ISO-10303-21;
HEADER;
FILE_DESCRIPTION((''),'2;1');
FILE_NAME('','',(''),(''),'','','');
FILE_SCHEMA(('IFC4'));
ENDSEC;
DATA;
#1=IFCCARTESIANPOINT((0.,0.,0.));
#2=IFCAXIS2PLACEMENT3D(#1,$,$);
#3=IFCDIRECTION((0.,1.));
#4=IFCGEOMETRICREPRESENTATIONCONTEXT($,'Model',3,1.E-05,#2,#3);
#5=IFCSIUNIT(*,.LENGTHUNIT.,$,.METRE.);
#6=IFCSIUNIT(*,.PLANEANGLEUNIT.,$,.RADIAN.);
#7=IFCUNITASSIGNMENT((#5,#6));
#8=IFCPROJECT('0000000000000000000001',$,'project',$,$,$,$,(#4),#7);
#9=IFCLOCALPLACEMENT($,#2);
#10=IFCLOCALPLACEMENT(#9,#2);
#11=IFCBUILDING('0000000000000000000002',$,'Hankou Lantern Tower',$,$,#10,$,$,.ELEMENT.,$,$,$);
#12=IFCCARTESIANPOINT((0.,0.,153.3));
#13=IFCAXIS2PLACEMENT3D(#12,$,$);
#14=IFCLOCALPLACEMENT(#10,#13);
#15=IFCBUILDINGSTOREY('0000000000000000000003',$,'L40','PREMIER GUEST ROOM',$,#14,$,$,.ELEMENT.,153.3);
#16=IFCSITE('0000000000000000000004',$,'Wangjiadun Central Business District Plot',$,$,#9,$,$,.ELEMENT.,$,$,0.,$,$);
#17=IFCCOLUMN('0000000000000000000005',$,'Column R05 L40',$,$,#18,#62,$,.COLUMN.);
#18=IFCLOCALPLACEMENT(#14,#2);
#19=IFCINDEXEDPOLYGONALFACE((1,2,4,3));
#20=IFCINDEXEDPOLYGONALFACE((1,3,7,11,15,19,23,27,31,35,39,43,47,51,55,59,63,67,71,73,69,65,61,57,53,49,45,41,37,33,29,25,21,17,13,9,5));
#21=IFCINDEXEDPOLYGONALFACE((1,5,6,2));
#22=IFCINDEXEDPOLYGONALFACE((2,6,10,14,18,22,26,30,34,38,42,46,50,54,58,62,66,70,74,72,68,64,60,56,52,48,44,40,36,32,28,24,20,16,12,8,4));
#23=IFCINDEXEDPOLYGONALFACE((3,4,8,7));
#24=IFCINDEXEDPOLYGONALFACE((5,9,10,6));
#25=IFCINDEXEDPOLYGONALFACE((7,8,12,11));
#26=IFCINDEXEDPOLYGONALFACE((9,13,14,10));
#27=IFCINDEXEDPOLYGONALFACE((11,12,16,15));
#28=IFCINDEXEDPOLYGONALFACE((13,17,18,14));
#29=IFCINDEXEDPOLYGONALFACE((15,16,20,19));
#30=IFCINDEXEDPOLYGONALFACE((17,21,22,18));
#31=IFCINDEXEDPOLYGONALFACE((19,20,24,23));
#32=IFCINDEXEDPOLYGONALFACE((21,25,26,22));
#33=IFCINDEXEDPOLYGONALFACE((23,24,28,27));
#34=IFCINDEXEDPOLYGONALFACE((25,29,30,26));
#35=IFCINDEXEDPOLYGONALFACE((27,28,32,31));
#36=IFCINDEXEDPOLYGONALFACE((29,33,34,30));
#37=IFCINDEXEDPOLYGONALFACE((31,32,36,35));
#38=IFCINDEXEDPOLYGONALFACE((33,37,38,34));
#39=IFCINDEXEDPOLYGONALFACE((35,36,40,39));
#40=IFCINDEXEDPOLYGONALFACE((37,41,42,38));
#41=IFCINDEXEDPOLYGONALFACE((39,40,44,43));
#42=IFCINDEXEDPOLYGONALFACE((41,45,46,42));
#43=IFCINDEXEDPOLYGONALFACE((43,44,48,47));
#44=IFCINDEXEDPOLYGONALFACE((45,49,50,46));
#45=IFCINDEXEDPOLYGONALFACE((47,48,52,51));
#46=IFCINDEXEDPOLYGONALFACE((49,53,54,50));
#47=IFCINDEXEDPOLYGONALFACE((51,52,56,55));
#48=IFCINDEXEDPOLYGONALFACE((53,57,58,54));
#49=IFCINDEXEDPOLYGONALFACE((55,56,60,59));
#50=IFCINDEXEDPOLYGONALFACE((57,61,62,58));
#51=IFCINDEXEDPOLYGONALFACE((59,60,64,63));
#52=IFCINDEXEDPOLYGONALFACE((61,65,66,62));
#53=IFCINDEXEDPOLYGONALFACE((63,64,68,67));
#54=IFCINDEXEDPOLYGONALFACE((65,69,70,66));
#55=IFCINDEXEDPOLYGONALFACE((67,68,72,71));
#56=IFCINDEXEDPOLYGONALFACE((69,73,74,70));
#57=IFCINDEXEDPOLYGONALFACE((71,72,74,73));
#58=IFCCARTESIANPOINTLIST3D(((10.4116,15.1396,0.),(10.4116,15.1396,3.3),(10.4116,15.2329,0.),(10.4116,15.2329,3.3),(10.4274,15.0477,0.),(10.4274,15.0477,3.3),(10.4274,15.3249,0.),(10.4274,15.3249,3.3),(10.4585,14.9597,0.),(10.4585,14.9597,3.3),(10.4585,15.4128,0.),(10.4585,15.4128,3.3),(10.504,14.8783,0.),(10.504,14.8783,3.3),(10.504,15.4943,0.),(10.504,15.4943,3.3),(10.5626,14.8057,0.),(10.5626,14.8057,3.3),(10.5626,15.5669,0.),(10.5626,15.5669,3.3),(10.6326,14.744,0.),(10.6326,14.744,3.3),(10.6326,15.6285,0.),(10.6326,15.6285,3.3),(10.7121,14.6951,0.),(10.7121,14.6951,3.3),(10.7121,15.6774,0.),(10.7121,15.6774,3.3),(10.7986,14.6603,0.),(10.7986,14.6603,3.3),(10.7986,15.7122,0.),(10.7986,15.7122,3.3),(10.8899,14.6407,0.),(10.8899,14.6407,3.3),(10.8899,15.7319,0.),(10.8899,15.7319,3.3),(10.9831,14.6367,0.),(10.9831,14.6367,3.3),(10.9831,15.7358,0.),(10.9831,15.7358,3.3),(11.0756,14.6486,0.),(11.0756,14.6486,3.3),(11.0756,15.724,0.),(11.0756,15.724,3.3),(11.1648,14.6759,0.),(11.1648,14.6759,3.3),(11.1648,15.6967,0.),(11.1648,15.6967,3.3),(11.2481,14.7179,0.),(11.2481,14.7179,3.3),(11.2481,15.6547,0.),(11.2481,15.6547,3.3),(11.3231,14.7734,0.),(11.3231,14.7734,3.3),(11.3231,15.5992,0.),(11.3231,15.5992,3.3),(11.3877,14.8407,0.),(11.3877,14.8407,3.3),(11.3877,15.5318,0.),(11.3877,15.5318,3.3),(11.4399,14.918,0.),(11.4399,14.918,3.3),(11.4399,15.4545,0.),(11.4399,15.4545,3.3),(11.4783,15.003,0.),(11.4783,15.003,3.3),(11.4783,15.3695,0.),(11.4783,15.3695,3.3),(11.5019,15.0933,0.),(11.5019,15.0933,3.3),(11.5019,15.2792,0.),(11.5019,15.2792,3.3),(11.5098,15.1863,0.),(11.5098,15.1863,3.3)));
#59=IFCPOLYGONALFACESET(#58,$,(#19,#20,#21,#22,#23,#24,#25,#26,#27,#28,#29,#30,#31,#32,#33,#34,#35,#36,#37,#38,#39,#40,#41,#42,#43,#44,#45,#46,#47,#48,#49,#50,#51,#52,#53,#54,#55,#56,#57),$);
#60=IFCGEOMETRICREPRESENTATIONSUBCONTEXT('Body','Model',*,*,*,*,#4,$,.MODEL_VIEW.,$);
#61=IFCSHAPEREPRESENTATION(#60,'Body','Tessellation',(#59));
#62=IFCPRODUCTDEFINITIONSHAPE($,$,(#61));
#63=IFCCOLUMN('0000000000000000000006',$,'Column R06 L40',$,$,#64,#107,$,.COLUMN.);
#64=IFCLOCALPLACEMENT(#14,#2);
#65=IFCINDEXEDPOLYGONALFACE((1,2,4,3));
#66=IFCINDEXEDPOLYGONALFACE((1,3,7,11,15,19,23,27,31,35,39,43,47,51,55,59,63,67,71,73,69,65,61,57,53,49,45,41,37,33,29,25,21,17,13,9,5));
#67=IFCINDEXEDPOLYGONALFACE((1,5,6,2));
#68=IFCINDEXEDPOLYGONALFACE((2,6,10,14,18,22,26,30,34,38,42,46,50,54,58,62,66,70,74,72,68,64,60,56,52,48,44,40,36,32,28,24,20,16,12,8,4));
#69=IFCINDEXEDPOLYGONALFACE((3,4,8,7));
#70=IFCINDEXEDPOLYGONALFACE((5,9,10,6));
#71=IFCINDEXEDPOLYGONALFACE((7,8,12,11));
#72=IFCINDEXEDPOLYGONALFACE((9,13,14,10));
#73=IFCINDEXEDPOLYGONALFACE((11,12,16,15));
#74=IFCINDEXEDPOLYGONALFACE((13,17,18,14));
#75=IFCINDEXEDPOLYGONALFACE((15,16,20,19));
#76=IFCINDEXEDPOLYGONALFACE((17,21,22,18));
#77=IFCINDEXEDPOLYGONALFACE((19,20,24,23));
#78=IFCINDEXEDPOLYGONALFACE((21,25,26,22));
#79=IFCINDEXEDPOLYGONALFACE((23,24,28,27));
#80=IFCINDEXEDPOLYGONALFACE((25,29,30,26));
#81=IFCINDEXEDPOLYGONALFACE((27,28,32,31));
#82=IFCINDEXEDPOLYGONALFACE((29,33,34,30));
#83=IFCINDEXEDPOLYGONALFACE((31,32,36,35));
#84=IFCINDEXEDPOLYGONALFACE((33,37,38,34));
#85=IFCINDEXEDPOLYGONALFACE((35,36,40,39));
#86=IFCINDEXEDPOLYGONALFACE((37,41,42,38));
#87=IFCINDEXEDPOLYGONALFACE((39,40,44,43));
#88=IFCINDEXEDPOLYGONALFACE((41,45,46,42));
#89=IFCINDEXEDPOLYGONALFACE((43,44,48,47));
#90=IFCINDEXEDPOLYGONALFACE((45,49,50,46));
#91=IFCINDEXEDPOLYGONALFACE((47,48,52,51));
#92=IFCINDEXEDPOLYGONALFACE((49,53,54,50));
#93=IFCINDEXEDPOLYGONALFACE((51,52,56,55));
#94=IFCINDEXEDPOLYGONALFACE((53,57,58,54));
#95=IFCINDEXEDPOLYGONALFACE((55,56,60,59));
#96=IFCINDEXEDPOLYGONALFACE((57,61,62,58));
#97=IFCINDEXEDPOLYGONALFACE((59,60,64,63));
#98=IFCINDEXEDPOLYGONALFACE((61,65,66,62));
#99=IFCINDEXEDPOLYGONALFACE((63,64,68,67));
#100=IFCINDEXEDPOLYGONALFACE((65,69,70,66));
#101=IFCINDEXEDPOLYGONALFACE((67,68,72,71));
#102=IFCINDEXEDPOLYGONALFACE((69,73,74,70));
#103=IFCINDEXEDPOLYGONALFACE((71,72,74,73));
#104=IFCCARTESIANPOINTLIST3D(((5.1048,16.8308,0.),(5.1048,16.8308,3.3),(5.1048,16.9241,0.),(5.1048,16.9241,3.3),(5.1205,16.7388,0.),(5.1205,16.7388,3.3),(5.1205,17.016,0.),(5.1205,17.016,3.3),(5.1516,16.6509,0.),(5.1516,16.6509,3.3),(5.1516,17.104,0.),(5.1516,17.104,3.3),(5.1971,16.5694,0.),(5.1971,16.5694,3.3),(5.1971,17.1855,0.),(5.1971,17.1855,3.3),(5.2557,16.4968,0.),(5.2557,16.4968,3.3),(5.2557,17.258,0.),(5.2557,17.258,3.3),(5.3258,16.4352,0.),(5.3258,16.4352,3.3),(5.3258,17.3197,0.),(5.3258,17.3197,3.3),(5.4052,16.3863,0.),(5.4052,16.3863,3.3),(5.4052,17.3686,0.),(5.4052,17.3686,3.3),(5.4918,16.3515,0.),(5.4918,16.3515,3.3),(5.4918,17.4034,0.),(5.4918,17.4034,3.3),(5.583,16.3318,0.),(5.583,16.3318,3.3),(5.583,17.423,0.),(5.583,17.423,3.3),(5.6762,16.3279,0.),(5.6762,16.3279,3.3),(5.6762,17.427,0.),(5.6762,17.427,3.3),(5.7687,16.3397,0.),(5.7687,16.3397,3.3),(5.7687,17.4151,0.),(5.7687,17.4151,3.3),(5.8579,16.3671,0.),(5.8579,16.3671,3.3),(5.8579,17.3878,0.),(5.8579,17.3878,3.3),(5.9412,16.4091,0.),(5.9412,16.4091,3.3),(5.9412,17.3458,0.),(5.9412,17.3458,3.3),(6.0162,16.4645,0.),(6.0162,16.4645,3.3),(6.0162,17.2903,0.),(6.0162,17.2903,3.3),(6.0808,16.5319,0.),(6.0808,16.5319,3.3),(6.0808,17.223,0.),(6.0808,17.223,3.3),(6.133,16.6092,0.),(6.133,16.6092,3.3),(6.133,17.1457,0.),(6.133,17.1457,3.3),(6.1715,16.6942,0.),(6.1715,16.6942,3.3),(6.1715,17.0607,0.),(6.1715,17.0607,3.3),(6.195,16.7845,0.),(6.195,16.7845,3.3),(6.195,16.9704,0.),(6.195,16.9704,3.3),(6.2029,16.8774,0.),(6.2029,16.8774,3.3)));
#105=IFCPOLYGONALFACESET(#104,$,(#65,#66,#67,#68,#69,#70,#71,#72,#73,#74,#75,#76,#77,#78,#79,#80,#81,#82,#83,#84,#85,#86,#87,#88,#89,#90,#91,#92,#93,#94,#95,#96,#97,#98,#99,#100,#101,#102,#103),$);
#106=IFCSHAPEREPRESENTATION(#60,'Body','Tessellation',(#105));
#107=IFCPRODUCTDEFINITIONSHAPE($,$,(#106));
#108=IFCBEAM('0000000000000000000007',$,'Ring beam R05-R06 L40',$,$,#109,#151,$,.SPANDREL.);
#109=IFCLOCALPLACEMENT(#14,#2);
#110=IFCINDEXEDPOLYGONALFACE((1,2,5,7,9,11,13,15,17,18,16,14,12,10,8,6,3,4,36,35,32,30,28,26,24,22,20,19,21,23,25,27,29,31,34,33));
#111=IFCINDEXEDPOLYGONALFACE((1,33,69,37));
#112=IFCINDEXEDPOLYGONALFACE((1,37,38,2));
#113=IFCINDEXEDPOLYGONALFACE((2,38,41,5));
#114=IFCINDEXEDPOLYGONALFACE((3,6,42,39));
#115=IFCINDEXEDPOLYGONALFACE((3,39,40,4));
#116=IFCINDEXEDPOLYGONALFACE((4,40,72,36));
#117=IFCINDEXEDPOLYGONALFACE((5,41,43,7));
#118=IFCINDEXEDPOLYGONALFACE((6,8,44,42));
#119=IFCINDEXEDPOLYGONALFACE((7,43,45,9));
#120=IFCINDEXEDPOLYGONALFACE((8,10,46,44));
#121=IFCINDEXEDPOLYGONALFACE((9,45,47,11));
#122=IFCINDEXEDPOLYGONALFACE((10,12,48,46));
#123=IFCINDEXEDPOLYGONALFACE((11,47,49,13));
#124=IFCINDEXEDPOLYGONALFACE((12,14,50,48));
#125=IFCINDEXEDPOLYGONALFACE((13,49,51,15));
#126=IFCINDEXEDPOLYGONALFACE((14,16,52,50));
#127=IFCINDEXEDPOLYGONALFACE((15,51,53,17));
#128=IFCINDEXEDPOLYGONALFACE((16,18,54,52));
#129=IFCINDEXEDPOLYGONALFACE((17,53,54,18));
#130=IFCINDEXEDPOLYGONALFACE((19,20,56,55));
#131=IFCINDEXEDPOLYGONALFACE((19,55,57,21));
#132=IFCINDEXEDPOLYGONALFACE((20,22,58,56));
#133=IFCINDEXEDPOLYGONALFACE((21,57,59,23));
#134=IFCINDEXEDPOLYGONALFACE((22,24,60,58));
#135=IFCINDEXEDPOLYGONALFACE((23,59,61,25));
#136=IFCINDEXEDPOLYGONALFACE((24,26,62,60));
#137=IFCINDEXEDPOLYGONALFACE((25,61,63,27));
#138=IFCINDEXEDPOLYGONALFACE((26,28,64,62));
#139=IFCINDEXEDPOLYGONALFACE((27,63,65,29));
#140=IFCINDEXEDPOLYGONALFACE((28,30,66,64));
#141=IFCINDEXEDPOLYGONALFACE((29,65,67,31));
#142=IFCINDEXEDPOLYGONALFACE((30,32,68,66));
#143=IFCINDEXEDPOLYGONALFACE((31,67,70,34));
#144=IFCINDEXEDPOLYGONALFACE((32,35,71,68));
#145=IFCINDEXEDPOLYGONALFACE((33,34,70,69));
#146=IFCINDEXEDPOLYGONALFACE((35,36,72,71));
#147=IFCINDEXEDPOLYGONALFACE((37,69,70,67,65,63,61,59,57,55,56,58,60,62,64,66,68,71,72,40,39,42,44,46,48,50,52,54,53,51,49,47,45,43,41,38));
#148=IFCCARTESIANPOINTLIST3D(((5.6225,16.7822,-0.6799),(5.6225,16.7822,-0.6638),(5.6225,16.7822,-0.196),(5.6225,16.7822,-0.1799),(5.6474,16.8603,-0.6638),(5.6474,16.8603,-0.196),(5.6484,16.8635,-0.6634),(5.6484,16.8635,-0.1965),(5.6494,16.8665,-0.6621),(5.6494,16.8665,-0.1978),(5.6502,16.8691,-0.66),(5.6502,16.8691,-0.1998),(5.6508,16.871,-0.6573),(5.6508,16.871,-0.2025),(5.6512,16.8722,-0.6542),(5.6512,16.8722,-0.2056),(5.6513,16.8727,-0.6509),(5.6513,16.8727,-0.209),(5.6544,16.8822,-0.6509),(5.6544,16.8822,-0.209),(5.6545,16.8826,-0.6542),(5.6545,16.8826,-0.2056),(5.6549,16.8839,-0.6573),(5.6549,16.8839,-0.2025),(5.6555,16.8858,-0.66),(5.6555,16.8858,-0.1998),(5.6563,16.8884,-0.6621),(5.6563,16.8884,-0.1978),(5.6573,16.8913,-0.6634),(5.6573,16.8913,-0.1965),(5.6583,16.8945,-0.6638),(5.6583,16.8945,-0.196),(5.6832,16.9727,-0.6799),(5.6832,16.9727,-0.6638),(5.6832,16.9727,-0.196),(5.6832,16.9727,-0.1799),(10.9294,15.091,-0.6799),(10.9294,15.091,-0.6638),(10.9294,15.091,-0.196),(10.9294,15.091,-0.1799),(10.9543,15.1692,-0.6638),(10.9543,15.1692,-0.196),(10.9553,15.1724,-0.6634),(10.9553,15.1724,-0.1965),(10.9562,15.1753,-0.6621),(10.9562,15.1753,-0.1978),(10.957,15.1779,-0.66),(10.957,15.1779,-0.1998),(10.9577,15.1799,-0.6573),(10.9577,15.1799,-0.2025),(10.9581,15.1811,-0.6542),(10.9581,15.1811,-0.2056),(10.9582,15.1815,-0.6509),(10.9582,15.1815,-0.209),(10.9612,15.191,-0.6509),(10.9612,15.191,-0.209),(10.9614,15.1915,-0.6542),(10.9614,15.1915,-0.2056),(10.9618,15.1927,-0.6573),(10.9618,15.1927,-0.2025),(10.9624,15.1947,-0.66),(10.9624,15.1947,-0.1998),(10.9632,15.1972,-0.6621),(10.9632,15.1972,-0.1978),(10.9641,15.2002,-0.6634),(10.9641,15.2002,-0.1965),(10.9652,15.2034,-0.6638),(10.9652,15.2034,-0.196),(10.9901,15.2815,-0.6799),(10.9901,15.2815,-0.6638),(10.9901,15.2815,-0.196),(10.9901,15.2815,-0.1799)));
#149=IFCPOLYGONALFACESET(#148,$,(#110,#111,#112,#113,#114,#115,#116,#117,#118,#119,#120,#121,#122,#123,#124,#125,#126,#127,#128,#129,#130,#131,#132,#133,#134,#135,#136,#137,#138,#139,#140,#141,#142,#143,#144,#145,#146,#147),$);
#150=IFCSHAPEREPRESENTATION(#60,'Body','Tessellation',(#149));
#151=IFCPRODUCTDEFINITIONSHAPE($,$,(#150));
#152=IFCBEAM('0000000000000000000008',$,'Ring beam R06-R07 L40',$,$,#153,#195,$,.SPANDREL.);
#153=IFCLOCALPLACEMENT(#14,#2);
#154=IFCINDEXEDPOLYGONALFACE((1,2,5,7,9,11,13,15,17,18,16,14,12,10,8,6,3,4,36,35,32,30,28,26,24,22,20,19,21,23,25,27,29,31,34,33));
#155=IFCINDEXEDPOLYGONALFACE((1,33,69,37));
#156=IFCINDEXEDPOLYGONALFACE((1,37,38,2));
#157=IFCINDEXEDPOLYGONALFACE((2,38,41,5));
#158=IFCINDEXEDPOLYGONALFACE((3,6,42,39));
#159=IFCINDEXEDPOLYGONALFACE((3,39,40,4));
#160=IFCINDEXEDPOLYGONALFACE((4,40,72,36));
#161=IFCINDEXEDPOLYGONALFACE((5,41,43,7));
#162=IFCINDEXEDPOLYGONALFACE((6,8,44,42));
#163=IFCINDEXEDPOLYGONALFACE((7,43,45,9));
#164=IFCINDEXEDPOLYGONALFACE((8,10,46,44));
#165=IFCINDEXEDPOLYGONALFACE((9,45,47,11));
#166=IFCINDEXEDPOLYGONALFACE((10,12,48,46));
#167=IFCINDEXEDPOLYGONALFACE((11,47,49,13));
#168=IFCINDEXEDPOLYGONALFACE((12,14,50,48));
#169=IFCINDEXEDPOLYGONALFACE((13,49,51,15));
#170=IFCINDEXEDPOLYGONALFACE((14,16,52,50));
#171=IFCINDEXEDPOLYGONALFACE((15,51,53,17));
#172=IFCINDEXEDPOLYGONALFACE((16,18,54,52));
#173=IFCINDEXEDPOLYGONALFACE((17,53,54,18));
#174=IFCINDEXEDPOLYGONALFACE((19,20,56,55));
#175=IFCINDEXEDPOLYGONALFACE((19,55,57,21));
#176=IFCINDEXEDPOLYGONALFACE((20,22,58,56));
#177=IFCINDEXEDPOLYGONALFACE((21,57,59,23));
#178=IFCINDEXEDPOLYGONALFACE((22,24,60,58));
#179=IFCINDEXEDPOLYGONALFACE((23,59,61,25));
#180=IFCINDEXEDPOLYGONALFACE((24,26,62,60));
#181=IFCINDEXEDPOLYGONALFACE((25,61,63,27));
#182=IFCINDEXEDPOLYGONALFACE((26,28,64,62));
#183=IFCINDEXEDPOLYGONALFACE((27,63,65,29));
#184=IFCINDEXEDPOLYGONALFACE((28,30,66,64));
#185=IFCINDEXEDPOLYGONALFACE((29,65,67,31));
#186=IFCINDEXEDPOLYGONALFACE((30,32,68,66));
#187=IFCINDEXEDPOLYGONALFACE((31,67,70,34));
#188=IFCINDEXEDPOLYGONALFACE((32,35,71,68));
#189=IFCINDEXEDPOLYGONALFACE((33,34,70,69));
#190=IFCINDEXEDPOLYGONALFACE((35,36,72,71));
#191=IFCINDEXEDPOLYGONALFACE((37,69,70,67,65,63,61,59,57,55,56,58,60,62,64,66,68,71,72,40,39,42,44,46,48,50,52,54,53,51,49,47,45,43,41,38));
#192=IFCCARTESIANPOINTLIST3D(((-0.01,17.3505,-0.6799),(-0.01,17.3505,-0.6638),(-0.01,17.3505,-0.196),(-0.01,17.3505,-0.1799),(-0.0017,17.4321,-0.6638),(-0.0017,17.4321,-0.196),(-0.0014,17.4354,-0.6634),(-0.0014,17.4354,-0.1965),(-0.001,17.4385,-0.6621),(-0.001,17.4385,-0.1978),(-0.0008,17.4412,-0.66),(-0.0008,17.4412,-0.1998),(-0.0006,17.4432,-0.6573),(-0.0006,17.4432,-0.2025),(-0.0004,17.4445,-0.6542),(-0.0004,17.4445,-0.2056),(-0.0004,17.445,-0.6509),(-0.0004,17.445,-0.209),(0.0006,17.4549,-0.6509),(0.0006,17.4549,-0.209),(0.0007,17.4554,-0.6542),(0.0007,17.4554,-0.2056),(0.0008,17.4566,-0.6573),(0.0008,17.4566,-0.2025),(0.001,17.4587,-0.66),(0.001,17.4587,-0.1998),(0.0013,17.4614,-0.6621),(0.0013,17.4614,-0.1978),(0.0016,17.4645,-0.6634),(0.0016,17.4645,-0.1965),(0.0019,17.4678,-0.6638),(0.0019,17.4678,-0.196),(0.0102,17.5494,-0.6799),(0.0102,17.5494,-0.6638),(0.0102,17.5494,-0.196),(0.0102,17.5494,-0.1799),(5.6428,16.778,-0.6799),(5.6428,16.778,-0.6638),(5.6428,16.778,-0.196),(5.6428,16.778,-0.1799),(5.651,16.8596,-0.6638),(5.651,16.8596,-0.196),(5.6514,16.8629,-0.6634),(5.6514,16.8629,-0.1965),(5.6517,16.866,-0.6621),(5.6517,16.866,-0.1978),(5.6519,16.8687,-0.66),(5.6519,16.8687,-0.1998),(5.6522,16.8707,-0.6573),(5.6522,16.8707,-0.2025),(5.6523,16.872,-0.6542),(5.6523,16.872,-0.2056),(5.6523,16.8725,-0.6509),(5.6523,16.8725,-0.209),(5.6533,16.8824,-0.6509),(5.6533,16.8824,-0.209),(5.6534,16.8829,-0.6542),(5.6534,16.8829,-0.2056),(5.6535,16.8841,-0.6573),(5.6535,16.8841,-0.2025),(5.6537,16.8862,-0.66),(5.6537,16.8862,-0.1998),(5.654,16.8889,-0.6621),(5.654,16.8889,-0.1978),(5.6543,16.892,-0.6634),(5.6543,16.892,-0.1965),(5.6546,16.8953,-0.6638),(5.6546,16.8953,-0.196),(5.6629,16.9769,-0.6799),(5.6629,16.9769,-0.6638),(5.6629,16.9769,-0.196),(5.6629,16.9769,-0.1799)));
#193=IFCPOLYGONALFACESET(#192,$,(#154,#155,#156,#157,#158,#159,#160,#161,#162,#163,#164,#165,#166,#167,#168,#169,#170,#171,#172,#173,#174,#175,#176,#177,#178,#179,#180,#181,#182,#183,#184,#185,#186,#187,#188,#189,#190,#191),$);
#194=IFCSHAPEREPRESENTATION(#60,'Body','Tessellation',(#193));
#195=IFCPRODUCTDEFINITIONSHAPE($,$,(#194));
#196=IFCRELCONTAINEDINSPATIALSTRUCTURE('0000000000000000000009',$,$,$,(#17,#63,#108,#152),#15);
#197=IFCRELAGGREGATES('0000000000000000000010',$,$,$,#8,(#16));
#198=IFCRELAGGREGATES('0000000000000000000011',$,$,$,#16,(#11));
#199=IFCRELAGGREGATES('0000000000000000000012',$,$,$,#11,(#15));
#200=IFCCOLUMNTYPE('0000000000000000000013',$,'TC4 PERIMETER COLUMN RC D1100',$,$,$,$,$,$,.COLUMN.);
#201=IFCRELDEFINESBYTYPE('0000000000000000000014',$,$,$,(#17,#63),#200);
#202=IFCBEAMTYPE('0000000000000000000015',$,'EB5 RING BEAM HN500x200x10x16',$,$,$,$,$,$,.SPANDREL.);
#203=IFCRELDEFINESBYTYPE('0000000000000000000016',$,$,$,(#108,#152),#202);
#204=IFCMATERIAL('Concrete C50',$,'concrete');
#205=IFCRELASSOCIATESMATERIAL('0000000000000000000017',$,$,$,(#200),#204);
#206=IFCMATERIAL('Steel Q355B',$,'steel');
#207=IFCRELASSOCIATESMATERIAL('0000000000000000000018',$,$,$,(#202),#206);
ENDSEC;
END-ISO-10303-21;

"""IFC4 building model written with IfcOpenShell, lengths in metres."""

from ifc_helpers import new_model, si_unit, direction, frame, origin, origin_2d, place, context, subcontext, project, spatial, circle, i_section, extrude, material, material_profile, profile_set, type_object, element, save


model = new_model("IFC4")

# Units and contexts
model_context = context("Model", 3, precision=1e-05, world=origin(), true_north=direction((0.0, 1.0)))
body_context = subcontext(model_context, "Body", "Model", "MODEL_VIEW")
ifc_project = project(units=[si_unit("LENGTHUNIT", "METRE"), si_unit("PLANEANGLEUNIT", "RADIAN")], contexts=[model_context])

# Site, building, storey
site_placement = place(None, origin())
site = spatial("IfcSite", under=ifc_project, at=site_placement, Name="Wangjiadun Central Business District Plot", CompositionType="ELEMENT", RefElevation=0.0)
building_placement = place(site_placement, origin())
building = spatial("IfcBuilding", under=site, at=building_placement, Name="Hankou Lantern Tower", CompositionType="ELEMENT")
storey_placement = place(building_placement, frame((0.0, 0.0, 153.3)))
storey = spatial("IfcBuildingStorey", under=building, at=storey_placement, Name="L40", Description="PREMIER GUEST ROOM", CompositionType="ELEMENT", Elevation=153.3)

# Columns
ifc_material_1 = material(Name="Concrete C50", Category="concrete")
ifc_material_profile_1 = material_profile(ifc_material_1, circle(Radius=0.55, at=origin_2d()), Name="RC D1100")
ifc_profile_set_1 = profile_set([ifc_material_profile_1], Name="Concrete C50")
column_type = type_object("IfcColumnType", Name="TC4 PERIMETER COLUMN RC D1100", PredefinedType="COLUMN", material=ifc_profile_set_1)
for number, where, z_axis, x_axis, name in (
    (1, (10.9597, 15.1863, 0.0), (0.0, 0.0, 1.0), (1.0, 0.0, 0.0), "Column R05 L40"),
    (2, (5.6528, 16.8774, 0.0), (0.0, 0.0, 1.0), (1.0, 0.0, 0.0), "Column R06 L40"),
):
    element("IfcColumn", number, at=place(storey_placement, frame(where, z_axis=z_axis, x_axis=x_axis)), inside=storey, type_object=column_type, Name=name, PredefinedType="COLUMN", context=body_context, shape_type="SweptSolid", body=[
        extrude(circle(Radius=0.55, at=origin_2d()), origin(), (0.0, 0.0, 1.0), 3.3),
    ])

# Beams
ifc_material_2 = material(Name="Steel Q355B", Category="steel")
ifc_material_profile_2 = material_profile(ifc_material_2, i_section(OverallWidth=0.2, OverallDepth=0.5, WebThickness=0.01, FlangeThickness=0.0161, FilletRadius=0.0129, at=origin_2d()), Name="HN500x200x10x16")
ifc_profile_set_2 = profile_set([ifc_material_profile_2], Name="Steel Q355B")
beam_type_1 = type_object("IfcBeamType", Name="EB5 RING BEAM HN500x200x10x16", PredefinedType="SPANDREL", material=ifc_profile_set_2)
beam_1_placement = place(storey_placement, frame((10.9597, 15.1863, -0.4299), z_axis=(-0.95279, 0.303629, 0.0), x_axis=(-0.303629, -0.95279, 0.0)))
element("IfcBeam", 3, at=beam_1_placement, inside=storey, type_object=beam_type_1, Name="Ring beam R05-R06 L40", PredefinedType="SPANDREL", context=body_context, shape_type="SweptSolid", body=[
    extrude(i_section(OverallWidth=0.2, OverallDepth=0.5, WebThickness=0.01, FlangeThickness=0.0161, FilletRadius=0.0129, at=origin_2d()), origin(), (0.0, 0.0, 1.0), 5.5698),
])
for number, where, z_axis, x_axis, name in (
    (4, (5.6528, 16.8774, -0.4299), (-0.99491, 0.100763, 0.0), (-0.100763, -0.99491, 0.0), "Ring beam R06-R07 L40"),
):
    element("IfcBeam", number, at=place(storey_placement, frame(where, z_axis=z_axis, x_axis=x_axis)), inside=storey, type_object=beam_type_1, Name=name, PredefinedType="SPANDREL", context=body_context, shape_type="SweptSolid", body=[
        extrude(i_section(OverallWidth=0.2, OverallDepth=0.5, WebThickness=0.01, FlangeThickness=0.0161, FilletRadius=0.0129, at=origin_2d()), origin(), (0.0, 0.0, 1.0), 5.6816),
    ])

save(model, "model.ifc")
